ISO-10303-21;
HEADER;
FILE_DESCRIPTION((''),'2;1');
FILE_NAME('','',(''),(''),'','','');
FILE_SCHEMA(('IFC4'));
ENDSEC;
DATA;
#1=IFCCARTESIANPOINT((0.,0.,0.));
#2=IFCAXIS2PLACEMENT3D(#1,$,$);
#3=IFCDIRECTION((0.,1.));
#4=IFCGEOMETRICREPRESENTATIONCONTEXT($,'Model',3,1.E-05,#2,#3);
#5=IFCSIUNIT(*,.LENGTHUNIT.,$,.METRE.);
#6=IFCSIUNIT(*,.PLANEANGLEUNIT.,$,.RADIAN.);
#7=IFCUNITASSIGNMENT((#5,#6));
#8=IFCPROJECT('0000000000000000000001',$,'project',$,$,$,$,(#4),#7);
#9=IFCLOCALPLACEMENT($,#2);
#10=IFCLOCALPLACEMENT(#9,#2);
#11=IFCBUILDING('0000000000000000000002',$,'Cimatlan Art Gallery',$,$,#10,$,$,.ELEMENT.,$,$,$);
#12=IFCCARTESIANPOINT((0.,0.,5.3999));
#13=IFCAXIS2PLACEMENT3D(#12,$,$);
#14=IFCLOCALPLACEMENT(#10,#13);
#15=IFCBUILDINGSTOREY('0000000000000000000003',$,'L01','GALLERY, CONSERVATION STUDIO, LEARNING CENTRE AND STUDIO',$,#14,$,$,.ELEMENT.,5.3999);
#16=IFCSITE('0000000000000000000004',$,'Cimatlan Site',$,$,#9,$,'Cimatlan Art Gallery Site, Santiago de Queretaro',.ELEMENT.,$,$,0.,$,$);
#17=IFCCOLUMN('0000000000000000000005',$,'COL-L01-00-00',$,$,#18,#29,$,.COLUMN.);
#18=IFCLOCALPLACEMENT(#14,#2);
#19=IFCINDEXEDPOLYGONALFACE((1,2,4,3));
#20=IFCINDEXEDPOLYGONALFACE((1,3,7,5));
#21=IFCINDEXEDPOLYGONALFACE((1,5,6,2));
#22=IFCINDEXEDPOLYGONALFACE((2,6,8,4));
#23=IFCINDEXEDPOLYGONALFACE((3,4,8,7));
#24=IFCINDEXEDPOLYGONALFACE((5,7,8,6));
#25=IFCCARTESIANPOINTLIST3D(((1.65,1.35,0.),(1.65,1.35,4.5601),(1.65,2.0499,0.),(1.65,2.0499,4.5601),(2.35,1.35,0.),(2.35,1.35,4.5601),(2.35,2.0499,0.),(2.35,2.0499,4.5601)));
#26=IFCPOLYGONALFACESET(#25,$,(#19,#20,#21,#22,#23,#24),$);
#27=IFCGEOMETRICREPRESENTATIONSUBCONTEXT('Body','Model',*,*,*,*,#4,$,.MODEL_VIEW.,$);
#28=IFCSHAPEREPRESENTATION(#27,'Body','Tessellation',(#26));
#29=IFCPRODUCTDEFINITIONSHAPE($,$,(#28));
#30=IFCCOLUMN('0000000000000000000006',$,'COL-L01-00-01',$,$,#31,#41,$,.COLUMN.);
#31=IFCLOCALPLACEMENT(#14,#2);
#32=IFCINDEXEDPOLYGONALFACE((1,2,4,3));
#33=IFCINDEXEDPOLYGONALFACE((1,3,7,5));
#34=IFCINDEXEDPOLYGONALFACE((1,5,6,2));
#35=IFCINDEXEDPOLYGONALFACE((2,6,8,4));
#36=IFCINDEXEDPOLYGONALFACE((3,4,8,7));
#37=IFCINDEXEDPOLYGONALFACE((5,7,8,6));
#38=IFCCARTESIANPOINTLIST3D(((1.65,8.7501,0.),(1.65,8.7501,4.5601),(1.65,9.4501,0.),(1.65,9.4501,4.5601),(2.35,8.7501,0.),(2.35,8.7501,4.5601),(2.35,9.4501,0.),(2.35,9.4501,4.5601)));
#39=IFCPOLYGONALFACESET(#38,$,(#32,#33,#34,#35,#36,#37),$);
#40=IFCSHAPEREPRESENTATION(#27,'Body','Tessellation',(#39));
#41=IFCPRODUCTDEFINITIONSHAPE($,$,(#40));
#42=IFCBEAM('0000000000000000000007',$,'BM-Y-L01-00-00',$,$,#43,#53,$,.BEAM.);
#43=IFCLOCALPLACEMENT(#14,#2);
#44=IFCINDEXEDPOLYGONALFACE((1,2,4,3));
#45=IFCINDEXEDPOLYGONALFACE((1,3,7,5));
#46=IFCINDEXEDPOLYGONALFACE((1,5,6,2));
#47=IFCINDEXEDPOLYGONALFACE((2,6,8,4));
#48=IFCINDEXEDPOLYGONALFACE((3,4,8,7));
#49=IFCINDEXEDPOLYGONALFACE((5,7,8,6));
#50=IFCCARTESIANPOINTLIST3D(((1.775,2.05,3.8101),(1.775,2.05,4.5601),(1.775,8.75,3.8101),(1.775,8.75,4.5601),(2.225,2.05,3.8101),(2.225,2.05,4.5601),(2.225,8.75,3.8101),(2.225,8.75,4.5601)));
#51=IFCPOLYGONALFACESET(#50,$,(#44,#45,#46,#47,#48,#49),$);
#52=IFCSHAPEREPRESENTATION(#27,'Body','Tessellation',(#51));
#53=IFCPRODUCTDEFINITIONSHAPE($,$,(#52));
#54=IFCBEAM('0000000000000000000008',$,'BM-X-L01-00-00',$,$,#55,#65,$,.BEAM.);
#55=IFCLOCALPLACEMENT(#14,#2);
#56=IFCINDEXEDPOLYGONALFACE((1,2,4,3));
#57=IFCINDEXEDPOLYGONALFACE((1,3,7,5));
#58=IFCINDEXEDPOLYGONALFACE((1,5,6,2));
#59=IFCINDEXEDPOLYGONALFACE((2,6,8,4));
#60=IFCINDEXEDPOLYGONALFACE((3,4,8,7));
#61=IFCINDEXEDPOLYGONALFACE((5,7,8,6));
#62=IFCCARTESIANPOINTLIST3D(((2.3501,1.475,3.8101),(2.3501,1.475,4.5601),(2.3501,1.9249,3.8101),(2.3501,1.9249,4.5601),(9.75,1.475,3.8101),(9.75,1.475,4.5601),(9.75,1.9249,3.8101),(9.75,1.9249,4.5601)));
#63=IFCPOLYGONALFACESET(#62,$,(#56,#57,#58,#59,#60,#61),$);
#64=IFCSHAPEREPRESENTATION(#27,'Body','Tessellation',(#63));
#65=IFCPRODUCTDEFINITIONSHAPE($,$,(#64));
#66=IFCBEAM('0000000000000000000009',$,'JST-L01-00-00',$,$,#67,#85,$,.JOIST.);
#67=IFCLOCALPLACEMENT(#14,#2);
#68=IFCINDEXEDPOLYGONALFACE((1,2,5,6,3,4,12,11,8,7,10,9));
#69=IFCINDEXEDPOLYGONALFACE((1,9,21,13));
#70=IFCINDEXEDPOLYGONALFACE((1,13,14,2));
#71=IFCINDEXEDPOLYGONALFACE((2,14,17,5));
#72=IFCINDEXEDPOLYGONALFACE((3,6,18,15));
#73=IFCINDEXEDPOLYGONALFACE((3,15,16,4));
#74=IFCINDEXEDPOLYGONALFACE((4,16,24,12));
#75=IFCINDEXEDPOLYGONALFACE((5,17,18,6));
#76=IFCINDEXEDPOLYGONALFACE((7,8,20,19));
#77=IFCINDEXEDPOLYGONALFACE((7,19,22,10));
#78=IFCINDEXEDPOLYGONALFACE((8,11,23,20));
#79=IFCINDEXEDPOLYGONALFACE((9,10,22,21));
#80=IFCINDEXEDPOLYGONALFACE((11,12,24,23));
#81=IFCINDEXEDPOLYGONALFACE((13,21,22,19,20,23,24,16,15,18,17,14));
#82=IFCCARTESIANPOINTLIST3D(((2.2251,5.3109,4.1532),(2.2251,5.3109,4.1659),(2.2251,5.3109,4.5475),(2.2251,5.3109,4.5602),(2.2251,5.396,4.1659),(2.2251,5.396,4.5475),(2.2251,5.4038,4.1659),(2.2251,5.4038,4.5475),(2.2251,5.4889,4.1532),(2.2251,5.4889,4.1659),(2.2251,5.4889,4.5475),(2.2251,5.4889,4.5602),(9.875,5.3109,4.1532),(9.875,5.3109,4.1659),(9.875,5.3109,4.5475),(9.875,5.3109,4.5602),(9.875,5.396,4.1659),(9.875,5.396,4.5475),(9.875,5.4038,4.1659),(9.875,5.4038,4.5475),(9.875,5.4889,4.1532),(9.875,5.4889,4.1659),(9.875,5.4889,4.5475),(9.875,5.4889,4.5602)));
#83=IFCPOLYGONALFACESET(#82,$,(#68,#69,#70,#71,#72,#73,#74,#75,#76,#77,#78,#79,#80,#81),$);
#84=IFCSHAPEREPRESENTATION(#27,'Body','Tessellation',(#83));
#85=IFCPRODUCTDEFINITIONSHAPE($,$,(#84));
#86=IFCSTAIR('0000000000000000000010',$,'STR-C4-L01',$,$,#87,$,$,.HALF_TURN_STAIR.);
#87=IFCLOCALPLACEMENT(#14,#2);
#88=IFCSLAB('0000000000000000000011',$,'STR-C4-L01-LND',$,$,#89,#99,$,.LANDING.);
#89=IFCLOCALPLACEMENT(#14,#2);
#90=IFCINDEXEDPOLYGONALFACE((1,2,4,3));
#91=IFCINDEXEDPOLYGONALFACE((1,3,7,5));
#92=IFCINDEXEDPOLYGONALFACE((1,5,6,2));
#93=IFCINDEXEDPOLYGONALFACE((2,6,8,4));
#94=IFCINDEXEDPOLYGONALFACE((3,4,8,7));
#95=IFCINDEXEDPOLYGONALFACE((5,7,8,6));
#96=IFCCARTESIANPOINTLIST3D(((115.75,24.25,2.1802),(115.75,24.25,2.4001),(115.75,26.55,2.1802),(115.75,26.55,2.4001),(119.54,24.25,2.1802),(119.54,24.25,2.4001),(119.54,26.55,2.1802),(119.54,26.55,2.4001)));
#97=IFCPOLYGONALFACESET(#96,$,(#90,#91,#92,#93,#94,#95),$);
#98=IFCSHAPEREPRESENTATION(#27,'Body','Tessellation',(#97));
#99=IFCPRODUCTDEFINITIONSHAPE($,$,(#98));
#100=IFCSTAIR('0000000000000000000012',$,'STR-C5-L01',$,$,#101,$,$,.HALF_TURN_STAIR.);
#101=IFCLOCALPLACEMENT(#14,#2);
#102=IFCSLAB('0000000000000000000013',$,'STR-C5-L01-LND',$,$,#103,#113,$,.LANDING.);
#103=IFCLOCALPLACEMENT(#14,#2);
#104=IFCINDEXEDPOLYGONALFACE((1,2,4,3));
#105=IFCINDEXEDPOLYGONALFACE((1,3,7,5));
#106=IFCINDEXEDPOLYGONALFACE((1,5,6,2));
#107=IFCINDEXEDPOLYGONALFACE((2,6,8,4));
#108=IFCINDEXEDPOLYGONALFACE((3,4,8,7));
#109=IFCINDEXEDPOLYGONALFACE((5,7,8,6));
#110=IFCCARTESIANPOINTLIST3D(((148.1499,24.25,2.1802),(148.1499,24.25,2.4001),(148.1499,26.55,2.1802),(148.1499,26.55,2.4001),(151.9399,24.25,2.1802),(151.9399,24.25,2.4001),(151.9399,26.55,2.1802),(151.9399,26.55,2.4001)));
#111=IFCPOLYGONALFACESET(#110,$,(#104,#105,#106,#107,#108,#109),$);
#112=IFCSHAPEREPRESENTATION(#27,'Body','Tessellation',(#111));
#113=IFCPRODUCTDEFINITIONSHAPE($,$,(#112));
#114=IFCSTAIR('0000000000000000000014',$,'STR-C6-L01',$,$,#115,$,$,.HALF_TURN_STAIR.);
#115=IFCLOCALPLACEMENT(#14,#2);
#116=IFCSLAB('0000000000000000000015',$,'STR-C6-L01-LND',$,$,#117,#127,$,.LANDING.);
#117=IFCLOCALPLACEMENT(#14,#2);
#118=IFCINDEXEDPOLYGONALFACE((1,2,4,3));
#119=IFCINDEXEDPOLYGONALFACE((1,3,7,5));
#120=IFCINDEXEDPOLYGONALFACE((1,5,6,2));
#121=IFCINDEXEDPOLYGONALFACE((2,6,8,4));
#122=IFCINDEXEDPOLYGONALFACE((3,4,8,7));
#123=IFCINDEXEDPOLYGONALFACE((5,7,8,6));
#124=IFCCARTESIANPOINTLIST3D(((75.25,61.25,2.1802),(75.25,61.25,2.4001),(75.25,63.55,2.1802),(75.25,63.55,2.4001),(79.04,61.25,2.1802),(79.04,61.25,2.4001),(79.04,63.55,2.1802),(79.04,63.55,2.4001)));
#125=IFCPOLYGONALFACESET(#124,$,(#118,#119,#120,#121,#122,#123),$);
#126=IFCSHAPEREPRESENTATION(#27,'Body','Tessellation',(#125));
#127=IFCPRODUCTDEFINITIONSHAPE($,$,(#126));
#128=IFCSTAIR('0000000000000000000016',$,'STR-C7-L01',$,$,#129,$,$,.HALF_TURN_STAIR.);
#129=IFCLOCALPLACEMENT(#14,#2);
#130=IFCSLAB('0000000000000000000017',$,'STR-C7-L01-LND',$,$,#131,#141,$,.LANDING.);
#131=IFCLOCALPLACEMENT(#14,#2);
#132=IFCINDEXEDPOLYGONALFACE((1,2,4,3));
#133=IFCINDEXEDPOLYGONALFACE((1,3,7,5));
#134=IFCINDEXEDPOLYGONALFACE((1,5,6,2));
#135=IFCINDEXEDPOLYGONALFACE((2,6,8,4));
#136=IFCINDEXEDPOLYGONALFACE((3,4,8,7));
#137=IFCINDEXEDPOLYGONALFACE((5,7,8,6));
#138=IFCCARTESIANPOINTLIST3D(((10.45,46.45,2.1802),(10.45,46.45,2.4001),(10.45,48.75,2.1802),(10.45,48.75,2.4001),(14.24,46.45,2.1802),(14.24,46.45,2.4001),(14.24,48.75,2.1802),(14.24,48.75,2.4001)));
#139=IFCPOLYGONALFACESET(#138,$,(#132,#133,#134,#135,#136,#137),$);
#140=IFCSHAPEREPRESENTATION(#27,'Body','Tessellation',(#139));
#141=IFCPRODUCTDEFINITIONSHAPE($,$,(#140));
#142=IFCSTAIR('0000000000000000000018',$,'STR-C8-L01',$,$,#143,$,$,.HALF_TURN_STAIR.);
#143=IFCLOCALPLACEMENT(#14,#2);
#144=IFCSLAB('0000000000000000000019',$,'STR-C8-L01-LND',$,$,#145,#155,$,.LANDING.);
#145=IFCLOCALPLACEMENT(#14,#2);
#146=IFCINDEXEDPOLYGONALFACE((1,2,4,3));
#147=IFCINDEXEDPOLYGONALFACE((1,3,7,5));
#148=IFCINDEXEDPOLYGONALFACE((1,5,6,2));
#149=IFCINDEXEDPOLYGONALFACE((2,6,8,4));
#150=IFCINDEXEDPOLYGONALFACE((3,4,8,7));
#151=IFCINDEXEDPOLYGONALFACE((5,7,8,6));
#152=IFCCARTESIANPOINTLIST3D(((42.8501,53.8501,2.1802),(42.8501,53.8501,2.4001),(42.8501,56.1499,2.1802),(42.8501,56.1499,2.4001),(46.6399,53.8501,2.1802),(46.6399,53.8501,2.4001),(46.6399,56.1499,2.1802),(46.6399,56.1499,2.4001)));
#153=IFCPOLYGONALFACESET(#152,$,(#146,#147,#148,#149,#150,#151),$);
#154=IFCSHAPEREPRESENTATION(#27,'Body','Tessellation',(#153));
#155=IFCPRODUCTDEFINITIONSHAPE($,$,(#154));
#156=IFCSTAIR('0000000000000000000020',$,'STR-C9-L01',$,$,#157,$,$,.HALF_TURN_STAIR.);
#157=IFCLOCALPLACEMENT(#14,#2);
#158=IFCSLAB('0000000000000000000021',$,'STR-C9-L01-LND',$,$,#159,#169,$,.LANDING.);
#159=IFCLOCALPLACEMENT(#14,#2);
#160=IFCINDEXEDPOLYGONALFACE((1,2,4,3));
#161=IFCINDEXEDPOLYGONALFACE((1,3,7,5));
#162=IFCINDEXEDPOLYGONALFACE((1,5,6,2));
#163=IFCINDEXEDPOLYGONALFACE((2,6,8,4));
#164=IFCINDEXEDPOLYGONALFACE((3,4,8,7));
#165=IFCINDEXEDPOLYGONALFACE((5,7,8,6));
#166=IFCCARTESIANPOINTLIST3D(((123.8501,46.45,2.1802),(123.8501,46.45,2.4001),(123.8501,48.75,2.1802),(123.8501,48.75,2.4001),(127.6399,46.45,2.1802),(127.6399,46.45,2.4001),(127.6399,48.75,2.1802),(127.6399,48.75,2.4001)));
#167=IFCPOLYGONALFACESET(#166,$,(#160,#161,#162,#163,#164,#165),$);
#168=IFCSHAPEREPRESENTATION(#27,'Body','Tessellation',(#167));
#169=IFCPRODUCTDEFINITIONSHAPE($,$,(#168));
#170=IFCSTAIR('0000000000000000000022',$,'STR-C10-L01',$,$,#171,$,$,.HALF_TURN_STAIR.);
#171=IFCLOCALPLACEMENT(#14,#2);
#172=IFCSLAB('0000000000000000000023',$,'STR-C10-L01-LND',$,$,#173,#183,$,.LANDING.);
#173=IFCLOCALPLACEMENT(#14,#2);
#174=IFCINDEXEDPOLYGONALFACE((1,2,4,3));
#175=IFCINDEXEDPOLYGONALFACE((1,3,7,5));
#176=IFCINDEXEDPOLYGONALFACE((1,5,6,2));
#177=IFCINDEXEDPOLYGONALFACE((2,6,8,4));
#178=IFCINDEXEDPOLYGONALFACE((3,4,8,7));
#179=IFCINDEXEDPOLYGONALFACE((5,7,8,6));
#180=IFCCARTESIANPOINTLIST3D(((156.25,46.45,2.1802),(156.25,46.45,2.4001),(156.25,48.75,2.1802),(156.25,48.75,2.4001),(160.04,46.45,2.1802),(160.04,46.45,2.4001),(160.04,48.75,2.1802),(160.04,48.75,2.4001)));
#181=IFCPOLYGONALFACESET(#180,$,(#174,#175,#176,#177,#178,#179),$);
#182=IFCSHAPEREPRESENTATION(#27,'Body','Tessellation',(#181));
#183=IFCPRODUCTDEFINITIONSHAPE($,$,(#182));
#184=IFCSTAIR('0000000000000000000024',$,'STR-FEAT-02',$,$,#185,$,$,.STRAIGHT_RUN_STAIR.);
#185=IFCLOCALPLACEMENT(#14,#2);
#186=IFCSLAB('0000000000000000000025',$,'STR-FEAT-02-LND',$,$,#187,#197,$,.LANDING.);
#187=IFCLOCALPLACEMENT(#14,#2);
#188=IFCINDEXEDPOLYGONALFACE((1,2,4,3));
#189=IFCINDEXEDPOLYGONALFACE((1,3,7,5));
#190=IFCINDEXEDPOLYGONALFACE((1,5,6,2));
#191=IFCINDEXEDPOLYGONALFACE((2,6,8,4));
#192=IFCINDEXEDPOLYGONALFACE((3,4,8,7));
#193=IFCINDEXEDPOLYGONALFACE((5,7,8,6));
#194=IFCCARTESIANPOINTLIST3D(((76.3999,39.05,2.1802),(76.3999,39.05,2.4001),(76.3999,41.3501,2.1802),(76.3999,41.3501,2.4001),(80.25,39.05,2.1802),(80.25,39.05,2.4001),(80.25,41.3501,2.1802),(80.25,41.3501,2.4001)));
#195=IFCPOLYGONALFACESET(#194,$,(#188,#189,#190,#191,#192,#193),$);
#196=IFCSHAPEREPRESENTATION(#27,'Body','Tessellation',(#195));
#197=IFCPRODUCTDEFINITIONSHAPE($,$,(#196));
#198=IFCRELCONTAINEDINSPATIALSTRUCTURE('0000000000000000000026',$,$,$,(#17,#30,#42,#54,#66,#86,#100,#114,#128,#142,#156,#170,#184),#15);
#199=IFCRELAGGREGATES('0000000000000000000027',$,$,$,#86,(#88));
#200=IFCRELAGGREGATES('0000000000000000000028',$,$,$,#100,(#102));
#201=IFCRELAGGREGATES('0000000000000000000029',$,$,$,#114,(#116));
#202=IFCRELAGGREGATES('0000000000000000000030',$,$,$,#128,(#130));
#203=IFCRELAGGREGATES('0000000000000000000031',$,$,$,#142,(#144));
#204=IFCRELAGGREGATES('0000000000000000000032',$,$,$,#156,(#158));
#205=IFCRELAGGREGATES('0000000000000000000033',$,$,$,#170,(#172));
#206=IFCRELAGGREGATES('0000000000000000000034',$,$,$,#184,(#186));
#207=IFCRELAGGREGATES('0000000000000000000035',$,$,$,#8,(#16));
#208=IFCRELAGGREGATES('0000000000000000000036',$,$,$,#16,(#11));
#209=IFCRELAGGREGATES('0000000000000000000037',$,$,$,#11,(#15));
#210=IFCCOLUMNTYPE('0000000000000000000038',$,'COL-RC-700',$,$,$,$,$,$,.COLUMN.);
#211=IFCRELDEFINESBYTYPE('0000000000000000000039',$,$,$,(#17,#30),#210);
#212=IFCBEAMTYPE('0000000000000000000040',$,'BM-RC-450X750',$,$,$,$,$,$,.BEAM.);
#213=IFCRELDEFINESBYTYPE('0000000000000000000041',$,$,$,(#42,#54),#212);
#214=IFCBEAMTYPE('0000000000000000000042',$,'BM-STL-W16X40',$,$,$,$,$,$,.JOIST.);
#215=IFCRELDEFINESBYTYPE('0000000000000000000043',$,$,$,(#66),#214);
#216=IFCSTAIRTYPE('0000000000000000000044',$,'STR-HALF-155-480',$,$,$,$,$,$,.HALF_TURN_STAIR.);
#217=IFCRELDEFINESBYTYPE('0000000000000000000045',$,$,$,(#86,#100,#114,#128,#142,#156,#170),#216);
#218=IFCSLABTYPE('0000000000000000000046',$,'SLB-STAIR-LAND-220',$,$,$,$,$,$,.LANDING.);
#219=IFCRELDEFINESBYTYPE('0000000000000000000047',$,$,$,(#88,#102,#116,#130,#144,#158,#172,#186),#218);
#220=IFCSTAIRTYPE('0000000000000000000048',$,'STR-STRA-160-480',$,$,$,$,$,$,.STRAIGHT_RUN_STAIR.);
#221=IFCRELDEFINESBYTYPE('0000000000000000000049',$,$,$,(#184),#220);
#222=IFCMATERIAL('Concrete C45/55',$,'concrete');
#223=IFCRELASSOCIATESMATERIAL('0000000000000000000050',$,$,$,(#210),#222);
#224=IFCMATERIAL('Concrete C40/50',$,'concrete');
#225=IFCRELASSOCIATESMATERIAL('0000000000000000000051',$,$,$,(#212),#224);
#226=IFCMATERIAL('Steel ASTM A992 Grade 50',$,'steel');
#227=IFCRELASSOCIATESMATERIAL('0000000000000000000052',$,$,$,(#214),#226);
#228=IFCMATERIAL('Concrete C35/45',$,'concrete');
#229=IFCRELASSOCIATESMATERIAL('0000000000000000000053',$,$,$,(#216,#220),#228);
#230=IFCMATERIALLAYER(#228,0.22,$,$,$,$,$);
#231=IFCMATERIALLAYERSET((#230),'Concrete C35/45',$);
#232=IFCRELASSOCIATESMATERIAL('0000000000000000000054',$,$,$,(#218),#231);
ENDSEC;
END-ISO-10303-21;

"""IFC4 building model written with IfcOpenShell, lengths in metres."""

from ifc_helpers import new_model, si_unit, direction, frame, origin, origin_2d, place, context, subcontext, project, spatial, polyline, rectangle, i_section, outline, extrude, material, layer, layer_set, material_profile, profile_set, type_object, element, aggregate, save


model = new_model("IFC4")

# Units and contexts
model_context = context("Model", 3, precision=1e-05, world=origin(), true_north=direction((0.0, 1.0)))
body_context = subcontext(model_context, "Body", "Model", "MODEL_VIEW")
ifc_project = project(units=[si_unit("LENGTHUNIT", "METRE"), si_unit("PLANEANGLEUNIT", "RADIAN")], contexts=[model_context])

# Site, building, storey
site_placement = place(None, origin())
site = spatial("IfcSite", under=ifc_project, at=site_placement, Name="Cimatlan Site", LongName="Cimatlan Art Gallery Site, Santiago de Queretaro", CompositionType="ELEMENT", RefElevation=0.0)
building_placement = place(site_placement, origin())
building = spatial("IfcBuilding", under=site, at=building_placement, Name="Cimatlan Art Gallery", CompositionType="ELEMENT")
storey_placement = place(building_placement, frame((0.0, 0.0, 5.3999)))
storey = spatial("IfcBuildingStorey", under=building, at=storey_placement, Name="L01", Description="GALLERY, CONSERVATION STUDIO, LEARNING CENTRE AND STUDIO", CompositionType="ELEMENT", Elevation=5.3999)

# Columns
ifc_material_1 = material(Name="Concrete C45/55", Category="concrete")
ifc_material_profile_1 = material_profile(ifc_material_1, rectangle(XDim=0.7, YDim=0.7, at=origin_2d()), Name="RC700X700")
ifc_profile_set_1 = profile_set([ifc_material_profile_1], Name="Concrete C45/55")
column_type = type_object("IfcColumnType", Name="COL-RC-700", PredefinedType="COLUMN", material=ifc_profile_set_1)
for number, where, z_axis, x_axis, name in (
    (1, (2.0, 1.7, 0.0), (0.0, 0.0, 1.0), (1.0, 0.0, 0.0), "COL-L01-00-00"),
    (2, (2.0, 9.1001, 0.0), (0.0, 0.0, 1.0), (1.0, 0.0, 0.0), "COL-L01-00-01"),
):
    element("IfcColumn", number, at=place(storey_placement, frame(where, z_axis=z_axis, x_axis=x_axis)), inside=storey, type_object=column_type, Name=name, PredefinedType="COLUMN", context=body_context, shape_type="SweptSolid", body=[
        extrude(rectangle(XDim=0.7, YDim=0.7, at=origin_2d()), origin(), (0.0, 0.0, 1.0), 4.5601),
    ])

# Beams
ifc_material_2 = material(Name="Concrete C40/50", Category="concrete")
ifc_material_profile_2 = material_profile(ifc_material_2, rectangle(XDim=0.45, YDim=0.75, at=origin_2d()), Name="RC450X750")
ifc_profile_set_2 = profile_set([ifc_material_profile_2], Name="Concrete C40/50")
beam_type_1 = type_object("IfcBeamType", Name="BM-RC-450X750", PredefinedType="BEAM", material=ifc_profile_set_2)
beam_1_placement = place(storey_placement, frame((2.0, 2.05, 4.1851), z_axis=(0.0, 1.0, 0.0), x_axis=(-1.0, 0.0, 0.0)))
element("IfcBeam", 3, at=beam_1_placement, inside=storey, type_object=beam_type_1, Name="BM-Y-L01-00-00", PredefinedType="BEAM", context=body_context, shape_type="SweptSolid", body=[
    extrude(rectangle(XDim=0.45, YDim=0.75, at=origin_2d()), origin(), (0.0, 0.0, 1.0), 6.7),
])
beam_2_placement = place(storey_placement, frame((2.3501, 1.7, 4.1851), z_axis=(1.0, 0.0, 0.0), x_axis=(0.0, 1.0, 0.0)))
element("IfcBeam", 4, at=beam_2_placement, inside=storey, type_object=beam_type_1, Name="BM-X-L01-00-00", PredefinedType="BEAM", context=body_context, shape_type="SweptSolid", body=[
    extrude(rectangle(XDim=0.45, YDim=0.75, at=origin_2d()), origin(), (0.0, 0.0, 1.0), 7.3999),
])
ifc_material_3 = material(Name="Steel ASTM A992 Grade 50", Category="steel")
ifc_material_profile_3 = material_profile(ifc_material_3, i_section(OverallWidth=0.178, OverallDepth=0.407, WebThickness=0.0078, FlangeThickness=0.0127, at=origin_2d()), Name="W16X40")
ifc_profile_set_3 = profile_set([ifc_material_profile_3], Name="Steel ASTM A992 Grade 50")
beam_type_2 = type_object("IfcBeamType", Name="BM-STL-W16X40", PredefinedType="JOIST", material=ifc_profile_set_3)
beam_3_placement = place(storey_placement, frame((2.2251, 5.3999, 4.3567), z_axis=(1.0, 0.0, 0.0), x_axis=(0.0, 1.0, 0.0)))
element("IfcBeam", 5, at=beam_3_placement, inside=storey, type_object=beam_type_2, Name="JST-L01-00-00", PredefinedType="JOIST", context=body_context, shape_type="SweptSolid", body=[
    extrude(i_section(OverallWidth=0.178, OverallDepth=0.407, WebThickness=0.0078, FlangeThickness=0.0127, at=origin_2d()), origin(), (0.0, 0.0, 1.0), 7.6499),
])

# Stairs, slabs
ifc_material_4 = material(Name="Concrete C35/45", Category="concrete")
stair_type_1 = type_object("IfcStairType", Name="STR-HALF-155-480", PredefinedType="HALF_TURN_STAIR", material=ifc_material_4)
stair_1_placement = place(storey_placement, origin())
stair_1 = element("IfcStair", 6, at=stair_1_placement, inside=storey, type_object=stair_type_1, Name="STR-C4-L01", PredefinedType="HALF_TURN_STAIR")
ifc_layer_1 = layer(ifc_material_4, 0.22)
ifc_layer_set_1 = layer_set([ifc_layer_1], Name="Concrete C35/45")
slab_type = type_object("IfcSlabType", Name="SLB-STAIR-LAND-220", PredefinedType="LANDING", material=ifc_layer_set_1)
slab_1_placement = place(storey_placement, frame((0.0, 0.0, 2.1802)))
slab_1 = element("IfcSlab", 7, at=slab_1_placement, type_object=slab_type, Name="STR-C4-L01-LND", PredefinedType="LANDING", context=body_context, shape_type="SweptSolid", body=[
    extrude(outline(polyline([(115.75, 24.25), (119.54, 24.25), (119.54, 26.55), (115.75, 26.55), (115.75, 24.25)])), origin(), (0.0, 0.0, 1.0), 0.22),
])
aggregate(stair_1, [slab_1])
stair_2_placement = place(storey_placement, origin())
stair_2 = element("IfcStair", 8, at=stair_2_placement, inside=storey, type_object=stair_type_1, Name="STR-C5-L01", PredefinedType="HALF_TURN_STAIR")
slab_2_placement = place(storey_placement, frame((0.0, 0.0, 2.1802)))
slab_2 = element("IfcSlab", 9, at=slab_2_placement, type_object=slab_type, Name="STR-C5-L01-LND", PredefinedType="LANDING", context=body_context, shape_type="SweptSolid", body=[
    extrude(outline(polyline([(148.1499, 24.25), (151.9399, 24.25), (151.9399, 26.55), (148.1499, 26.55), (148.1499, 24.25)])), origin(), (0.0, 0.0, 1.0), 0.22),
])
aggregate(stair_2, [slab_2])
stair_3_placement = place(storey_placement, origin())
stair_3 = element("IfcStair", 10, at=stair_3_placement, inside=storey, type_object=stair_type_1, Name="STR-C6-L01", PredefinedType="HALF_TURN_STAIR")
slab_3_placement = place(storey_placement, frame((0.0, 0.0, 2.1802)))
slab_3 = element("IfcSlab", 11, at=slab_3_placement, type_object=slab_type, Name="STR-C6-L01-LND", PredefinedType="LANDING", context=body_context, shape_type="SweptSolid", body=[
    extrude(outline(polyline([(75.25, 61.25), (79.04, 61.25), (79.04, 63.55), (75.25, 63.55), (75.25, 61.25)])), origin(), (0.0, 0.0, 1.0), 0.22),
])
aggregate(stair_3, [slab_3])
stair_4_placement = place(storey_placement, origin())
stair_4 = element("IfcStair", 12, at=stair_4_placement, inside=storey, type_object=stair_type_1, Name="STR-C7-L01", PredefinedType="HALF_TURN_STAIR")
slab_4_placement = place(storey_placement, frame((0.0, 0.0, 2.1802)))
slab_4 = element("IfcSlab", 13, at=slab_4_placement, type_object=slab_type, Name="STR-C7-L01-LND", PredefinedType="LANDING", context=body_context, shape_type="SweptSolid", body=[
    extrude(outline(polyline([(10.45, 46.45), (14.24, 46.45), (14.24, 48.75), (10.45, 48.75), (10.45, 46.45)])), origin(), (0.0, 0.0, 1.0), 0.22),
])
aggregate(stair_4, [slab_4])
stair_5_placement = place(storey_placement, origin())
stair_5 = element("IfcStair", 14, at=stair_5_placement, inside=storey, type_object=stair_type_1, Name="STR-C8-L01", PredefinedType="HALF_TURN_STAIR")
slab_5_placement = place(storey_placement, frame((0.0, 0.0, 2.1802)))
slab_5 = element("IfcSlab", 15, at=slab_5_placement, type_object=slab_type, Name="STR-C8-L01-LND", PredefinedType="LANDING", context=body_context, shape_type="SweptSolid", body=[
    extrude(outline(polyline([(42.8501, 53.8501), (46.6399, 53.8501), (46.6399, 56.1499), (42.8501, 56.1499), (42.8501, 53.8501)])), origin(), (0.0, 0.0, 1.0), 0.22),
])
aggregate(stair_5, [slab_5])
stair_6_placement = place(storey_placement, origin())
stair_6 = element("IfcStair", 16, at=stair_6_placement, inside=storey, type_object=stair_type_1, Name="STR-C9-L01", PredefinedType="HALF_TURN_STAIR")
slab_6_placement = place(storey_placement, frame((0.0, 0.0, 2.1802)))
slab_6 = element("IfcSlab", 17, at=slab_6_placement, type_object=slab_type, Name="STR-C9-L01-LND", PredefinedType="LANDING", context=body_context, shape_type="SweptSolid", body=[
    extrude(outline(polyline([(123.8501, 46.45), (127.6399, 46.45), (127.6399, 48.75), (123.8501, 48.75), (123.8501, 46.45)])), origin(), (0.0, 0.0, 1.0), 0.22),
])
aggregate(stair_6, [slab_6])
stair_7_placement = place(storey_placement, origin())
stair_7 = element("IfcStair", 18, at=stair_7_placement, inside=storey, type_object=stair_type_1, Name="STR-C10-L01", PredefinedType="HALF_TURN_STAIR")
slab_7_placement = place(storey_placement, frame((0.0, 0.0, 2.1802)))
slab_7 = element("IfcSlab", 19, at=slab_7_placement, type_object=slab_type, Name="STR-C10-L01-LND", PredefinedType="LANDING", context=body_context, shape_type="SweptSolid", body=[
    extrude(outline(polyline([(156.25, 46.45), (160.04, 46.45), (160.04, 48.75), (156.25, 48.75), (156.25, 46.45)])), origin(), (0.0, 0.0, 1.0), 0.22),
])
aggregate(stair_7, [slab_7])
stair_type_2 = type_object("IfcStairType", Name="STR-STRA-160-480", PredefinedType="STRAIGHT_RUN_STAIR", material=ifc_material_4)
stair_8_placement = place(storey_placement, origin())
stair_8 = element("IfcStair", 20, at=stair_8_placement, inside=storey, type_object=stair_type_2, Name="STR-FEAT-02", PredefinedType="STRAIGHT_RUN_STAIR")
slab_8_placement = place(storey_placement, frame((0.0, 0.0, 2.1802)))
slab_8 = element("IfcSlab", 21, at=slab_8_placement, type_object=slab_type, Name="STR-FEAT-02-LND", PredefinedType="LANDING", context=body_context, shape_type="SweptSolid", body=[
    extrude(outline(polyline([(76.3999, 39.05), (80.25, 39.05), (80.25, 41.3501), (76.3999, 41.3501), (76.3999, 39.05)])), origin(), (0.0, 0.0, 1.0), 0.22),
])
aggregate(stair_8, [slab_8])

save(model, "model.ifc")
